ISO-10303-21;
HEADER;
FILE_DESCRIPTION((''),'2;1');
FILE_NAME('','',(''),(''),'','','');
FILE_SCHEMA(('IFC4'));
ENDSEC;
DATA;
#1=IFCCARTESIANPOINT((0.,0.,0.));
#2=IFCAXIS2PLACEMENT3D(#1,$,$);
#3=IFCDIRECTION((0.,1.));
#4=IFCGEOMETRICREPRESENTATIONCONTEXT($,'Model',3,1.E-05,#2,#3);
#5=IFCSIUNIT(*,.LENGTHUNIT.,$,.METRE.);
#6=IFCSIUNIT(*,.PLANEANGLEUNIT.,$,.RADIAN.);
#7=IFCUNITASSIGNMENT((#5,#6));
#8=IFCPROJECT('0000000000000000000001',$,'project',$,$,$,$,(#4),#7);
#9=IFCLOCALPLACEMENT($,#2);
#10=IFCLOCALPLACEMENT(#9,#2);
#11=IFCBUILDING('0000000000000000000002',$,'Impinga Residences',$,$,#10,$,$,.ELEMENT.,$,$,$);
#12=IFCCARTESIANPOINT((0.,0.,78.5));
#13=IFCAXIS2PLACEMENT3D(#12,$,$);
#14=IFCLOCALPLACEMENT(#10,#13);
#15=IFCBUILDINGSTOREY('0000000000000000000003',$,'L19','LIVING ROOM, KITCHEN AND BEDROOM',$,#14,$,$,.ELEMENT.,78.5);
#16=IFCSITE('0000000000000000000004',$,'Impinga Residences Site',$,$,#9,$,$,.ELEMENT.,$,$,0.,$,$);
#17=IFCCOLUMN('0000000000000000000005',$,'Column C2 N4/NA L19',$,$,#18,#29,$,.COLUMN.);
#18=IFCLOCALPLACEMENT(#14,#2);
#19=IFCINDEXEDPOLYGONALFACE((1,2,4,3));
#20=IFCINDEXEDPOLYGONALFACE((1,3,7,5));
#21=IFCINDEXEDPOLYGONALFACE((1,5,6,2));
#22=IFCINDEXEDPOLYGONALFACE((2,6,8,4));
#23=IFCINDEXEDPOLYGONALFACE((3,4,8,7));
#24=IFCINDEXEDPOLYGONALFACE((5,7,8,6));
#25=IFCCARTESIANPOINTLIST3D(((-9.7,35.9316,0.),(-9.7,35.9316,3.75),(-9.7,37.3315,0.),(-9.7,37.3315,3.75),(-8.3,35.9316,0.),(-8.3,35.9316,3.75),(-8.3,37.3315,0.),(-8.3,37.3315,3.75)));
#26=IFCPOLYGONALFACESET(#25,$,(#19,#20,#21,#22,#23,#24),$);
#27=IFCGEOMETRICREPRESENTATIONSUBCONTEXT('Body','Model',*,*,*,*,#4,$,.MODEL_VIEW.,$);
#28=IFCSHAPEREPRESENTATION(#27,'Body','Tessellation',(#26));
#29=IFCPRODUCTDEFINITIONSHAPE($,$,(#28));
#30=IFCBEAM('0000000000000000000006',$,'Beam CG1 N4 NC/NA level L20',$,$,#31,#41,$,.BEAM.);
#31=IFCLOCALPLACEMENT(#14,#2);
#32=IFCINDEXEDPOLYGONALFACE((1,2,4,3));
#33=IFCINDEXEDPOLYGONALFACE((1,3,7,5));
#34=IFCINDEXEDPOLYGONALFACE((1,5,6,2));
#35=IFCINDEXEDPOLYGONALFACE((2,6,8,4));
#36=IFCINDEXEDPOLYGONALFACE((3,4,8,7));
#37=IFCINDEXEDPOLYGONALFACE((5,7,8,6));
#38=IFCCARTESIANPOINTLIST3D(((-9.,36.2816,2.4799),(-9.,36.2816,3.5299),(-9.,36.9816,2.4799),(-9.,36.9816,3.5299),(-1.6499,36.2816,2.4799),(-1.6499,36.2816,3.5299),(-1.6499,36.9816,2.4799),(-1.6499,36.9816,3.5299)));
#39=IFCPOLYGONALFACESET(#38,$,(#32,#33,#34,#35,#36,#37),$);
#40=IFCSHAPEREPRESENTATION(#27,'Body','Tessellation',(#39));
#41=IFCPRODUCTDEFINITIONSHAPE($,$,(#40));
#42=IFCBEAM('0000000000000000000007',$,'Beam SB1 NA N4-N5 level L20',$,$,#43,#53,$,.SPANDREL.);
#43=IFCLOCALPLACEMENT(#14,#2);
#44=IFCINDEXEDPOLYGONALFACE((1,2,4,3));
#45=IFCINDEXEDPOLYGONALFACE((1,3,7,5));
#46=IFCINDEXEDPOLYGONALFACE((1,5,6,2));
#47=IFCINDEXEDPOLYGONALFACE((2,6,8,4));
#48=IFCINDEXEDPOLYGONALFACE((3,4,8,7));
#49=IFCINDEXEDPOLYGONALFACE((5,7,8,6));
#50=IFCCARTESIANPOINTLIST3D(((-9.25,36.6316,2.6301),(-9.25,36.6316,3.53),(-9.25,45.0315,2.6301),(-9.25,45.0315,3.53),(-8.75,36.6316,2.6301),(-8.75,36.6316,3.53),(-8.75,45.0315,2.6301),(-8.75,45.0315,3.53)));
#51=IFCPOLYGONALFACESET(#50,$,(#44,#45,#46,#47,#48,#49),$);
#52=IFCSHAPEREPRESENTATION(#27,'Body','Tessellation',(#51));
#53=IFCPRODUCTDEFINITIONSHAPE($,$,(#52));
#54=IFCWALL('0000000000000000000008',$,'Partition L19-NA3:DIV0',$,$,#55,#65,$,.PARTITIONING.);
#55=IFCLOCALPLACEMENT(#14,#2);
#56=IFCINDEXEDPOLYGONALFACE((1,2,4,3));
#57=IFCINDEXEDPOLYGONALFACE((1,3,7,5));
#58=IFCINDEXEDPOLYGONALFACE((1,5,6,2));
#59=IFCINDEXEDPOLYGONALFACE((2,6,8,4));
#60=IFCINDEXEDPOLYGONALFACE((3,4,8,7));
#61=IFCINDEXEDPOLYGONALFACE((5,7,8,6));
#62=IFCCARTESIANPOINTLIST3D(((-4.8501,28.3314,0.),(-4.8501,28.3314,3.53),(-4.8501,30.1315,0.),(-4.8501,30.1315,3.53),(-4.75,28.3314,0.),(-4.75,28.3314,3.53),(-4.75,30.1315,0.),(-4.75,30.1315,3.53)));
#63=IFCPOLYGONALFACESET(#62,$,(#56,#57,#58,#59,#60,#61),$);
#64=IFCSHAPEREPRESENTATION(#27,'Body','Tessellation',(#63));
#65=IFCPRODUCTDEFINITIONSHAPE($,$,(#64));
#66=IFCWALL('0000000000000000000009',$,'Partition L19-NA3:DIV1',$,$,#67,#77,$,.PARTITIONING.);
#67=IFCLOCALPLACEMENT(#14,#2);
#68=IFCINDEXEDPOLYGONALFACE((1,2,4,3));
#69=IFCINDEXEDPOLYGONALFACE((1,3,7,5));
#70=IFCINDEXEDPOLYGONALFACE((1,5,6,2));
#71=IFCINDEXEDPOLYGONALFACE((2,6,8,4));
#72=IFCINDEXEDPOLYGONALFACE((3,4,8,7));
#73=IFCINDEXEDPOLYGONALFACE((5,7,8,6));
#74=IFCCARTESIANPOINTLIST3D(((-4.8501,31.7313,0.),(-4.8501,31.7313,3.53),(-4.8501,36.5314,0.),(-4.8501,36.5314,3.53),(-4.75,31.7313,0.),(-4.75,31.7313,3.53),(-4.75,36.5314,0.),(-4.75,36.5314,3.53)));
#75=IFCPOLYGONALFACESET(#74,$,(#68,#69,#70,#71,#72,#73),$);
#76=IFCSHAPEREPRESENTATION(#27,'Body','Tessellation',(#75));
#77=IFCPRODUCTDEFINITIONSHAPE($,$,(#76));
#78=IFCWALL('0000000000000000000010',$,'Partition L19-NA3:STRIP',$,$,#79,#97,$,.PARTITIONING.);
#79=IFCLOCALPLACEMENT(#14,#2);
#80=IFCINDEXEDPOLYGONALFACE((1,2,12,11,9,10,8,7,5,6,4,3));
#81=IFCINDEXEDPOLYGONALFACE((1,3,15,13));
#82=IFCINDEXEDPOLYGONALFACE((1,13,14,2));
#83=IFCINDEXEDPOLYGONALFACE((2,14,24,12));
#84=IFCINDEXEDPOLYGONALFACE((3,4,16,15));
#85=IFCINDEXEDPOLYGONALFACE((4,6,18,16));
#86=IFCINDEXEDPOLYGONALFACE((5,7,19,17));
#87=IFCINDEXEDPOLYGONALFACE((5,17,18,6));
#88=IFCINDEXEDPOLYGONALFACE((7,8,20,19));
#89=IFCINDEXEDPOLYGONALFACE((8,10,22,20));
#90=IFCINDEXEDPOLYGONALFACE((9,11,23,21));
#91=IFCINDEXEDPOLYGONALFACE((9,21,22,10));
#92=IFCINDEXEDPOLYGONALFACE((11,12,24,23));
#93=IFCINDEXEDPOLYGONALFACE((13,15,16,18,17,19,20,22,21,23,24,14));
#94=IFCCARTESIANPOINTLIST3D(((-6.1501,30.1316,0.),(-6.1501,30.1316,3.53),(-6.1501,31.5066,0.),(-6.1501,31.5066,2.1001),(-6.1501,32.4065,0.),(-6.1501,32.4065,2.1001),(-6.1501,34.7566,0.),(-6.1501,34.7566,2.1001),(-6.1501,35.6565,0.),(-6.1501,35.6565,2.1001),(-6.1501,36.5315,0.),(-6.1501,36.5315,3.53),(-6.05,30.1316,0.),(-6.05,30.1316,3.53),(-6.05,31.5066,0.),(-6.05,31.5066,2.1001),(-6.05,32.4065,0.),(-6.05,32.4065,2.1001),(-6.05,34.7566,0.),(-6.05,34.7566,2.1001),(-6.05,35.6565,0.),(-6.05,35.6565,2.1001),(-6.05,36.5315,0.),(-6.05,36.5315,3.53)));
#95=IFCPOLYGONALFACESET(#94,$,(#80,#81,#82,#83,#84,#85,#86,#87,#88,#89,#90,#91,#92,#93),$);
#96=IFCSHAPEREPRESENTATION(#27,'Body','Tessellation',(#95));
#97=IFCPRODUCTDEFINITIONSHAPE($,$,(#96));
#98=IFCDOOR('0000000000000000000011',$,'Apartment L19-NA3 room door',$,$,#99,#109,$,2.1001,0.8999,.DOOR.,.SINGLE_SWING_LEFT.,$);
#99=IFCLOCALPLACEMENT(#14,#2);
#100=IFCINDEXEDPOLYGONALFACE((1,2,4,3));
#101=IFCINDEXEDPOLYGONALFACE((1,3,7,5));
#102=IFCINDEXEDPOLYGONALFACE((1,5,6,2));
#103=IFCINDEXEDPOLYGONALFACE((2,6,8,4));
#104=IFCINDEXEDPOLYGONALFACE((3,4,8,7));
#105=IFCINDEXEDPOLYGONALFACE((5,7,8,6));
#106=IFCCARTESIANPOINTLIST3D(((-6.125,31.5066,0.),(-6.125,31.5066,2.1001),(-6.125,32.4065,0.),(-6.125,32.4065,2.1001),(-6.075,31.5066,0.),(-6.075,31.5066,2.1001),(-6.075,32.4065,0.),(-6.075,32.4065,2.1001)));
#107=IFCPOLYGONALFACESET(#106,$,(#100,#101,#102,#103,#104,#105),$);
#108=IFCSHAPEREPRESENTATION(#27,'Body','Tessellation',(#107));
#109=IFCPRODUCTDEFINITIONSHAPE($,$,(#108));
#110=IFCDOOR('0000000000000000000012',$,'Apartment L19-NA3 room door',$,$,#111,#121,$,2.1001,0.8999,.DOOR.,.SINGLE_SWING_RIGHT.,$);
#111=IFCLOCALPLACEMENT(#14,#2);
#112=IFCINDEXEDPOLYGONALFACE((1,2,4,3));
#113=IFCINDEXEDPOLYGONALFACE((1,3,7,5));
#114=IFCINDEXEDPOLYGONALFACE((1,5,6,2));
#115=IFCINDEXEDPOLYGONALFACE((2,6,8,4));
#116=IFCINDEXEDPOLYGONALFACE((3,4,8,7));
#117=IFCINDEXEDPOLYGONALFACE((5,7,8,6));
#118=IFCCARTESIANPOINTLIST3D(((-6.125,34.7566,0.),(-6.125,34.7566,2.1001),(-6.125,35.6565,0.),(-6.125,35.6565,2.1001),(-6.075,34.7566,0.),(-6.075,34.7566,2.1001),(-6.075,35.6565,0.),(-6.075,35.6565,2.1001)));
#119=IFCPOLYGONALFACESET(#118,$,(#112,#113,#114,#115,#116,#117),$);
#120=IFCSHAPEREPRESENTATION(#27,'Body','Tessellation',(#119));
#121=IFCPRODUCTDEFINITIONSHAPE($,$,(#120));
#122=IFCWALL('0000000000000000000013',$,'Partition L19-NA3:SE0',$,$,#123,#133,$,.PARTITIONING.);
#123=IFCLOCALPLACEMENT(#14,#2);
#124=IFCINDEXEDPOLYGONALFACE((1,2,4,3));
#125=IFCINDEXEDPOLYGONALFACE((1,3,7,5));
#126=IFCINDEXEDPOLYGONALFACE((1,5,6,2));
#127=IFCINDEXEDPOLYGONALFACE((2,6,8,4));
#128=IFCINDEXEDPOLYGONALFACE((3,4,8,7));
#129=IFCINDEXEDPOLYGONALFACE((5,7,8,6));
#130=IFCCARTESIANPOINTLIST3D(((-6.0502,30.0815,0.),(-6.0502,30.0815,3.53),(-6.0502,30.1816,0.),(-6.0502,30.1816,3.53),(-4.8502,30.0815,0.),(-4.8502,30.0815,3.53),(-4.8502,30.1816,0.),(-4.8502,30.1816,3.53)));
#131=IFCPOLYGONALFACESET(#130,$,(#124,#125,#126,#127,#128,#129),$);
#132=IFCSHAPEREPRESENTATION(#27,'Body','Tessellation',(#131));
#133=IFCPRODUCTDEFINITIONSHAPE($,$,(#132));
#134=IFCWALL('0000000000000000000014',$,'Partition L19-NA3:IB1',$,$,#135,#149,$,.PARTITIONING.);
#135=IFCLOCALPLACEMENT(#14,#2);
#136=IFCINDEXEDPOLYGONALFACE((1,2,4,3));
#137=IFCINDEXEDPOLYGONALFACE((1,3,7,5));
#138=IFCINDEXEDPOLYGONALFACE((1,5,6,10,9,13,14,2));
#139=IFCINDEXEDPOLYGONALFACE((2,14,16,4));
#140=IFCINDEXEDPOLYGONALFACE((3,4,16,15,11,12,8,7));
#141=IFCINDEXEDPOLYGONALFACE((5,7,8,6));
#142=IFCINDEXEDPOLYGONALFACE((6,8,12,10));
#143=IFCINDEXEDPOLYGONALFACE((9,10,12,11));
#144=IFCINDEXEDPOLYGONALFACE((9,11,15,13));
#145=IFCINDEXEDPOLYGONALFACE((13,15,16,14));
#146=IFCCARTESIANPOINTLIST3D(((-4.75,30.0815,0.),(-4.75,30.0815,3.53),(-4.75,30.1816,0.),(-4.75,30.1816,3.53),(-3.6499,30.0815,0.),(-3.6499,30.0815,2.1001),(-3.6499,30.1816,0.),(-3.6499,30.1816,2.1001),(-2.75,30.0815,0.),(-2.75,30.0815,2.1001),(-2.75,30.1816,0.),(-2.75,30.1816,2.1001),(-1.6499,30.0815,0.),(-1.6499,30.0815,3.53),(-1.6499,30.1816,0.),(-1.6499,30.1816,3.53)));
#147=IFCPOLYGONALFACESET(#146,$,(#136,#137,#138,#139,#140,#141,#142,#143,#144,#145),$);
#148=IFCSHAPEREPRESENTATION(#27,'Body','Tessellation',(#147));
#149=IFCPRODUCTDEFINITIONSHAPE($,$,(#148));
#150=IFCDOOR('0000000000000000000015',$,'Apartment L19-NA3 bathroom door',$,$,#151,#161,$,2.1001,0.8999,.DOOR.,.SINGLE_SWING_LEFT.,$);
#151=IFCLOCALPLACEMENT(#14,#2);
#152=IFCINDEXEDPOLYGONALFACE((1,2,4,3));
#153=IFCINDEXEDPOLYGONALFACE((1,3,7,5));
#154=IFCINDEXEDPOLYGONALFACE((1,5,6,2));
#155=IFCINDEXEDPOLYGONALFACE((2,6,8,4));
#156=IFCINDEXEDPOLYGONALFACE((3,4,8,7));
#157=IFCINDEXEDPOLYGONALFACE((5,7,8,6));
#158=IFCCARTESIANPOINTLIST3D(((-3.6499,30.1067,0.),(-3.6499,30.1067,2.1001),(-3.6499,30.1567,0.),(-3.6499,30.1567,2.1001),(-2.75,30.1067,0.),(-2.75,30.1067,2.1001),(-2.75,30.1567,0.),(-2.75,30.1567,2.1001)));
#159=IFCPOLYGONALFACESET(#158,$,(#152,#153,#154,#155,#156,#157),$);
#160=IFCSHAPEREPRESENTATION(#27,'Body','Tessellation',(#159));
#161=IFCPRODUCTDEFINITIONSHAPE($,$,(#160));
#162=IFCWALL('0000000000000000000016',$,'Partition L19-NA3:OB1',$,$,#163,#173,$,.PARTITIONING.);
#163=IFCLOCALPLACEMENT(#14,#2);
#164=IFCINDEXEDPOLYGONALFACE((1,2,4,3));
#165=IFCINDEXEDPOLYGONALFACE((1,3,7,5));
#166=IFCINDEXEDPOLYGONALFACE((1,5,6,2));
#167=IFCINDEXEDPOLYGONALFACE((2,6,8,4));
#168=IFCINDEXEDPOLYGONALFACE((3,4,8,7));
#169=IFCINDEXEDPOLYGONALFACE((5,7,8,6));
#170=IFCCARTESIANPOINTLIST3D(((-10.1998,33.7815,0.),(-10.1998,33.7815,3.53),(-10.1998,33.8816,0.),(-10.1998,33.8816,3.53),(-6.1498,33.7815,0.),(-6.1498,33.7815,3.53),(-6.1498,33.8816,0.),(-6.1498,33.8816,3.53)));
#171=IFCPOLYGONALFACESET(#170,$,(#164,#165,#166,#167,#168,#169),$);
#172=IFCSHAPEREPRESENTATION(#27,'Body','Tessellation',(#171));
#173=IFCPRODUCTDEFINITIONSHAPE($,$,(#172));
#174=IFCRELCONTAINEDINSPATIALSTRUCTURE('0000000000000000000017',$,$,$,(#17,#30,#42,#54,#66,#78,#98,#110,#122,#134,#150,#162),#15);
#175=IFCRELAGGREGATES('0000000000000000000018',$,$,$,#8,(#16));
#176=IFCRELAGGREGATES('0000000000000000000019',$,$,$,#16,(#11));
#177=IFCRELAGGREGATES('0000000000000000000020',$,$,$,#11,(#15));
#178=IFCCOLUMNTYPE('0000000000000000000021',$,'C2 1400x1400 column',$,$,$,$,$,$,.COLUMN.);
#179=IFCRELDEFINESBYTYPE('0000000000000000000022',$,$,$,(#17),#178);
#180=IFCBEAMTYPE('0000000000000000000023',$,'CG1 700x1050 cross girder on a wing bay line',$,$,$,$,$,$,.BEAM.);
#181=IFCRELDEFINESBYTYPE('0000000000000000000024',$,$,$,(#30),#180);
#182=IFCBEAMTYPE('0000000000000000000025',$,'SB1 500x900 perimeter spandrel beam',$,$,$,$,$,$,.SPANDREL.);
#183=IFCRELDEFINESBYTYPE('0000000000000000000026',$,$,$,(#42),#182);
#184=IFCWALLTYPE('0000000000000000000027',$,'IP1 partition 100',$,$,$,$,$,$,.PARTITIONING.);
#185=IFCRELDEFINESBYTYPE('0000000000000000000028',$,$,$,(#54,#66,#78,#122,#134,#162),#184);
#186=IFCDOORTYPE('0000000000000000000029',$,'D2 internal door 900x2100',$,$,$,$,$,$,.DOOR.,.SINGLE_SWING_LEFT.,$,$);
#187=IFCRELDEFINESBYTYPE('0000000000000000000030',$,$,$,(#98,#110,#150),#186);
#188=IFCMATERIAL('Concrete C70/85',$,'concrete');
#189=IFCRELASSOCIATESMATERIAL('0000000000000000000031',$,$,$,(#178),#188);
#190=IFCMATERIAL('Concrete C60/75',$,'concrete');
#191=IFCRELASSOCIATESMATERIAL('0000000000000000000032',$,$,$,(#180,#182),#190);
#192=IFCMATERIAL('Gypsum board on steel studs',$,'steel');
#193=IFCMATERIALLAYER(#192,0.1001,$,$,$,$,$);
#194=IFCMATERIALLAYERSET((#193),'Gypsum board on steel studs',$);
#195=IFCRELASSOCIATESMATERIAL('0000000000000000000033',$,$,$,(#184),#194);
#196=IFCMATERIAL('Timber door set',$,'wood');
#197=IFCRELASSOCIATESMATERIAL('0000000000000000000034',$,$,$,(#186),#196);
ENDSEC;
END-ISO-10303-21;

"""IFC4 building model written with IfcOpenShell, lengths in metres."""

from ifc_helpers import new_model, si_unit, direction, frame, frame_2d, origin, origin_2d, place, context, subcontext, project, spatial, rectangle, extrude, material, layer, layer_set, material_profile, profile_set, type_object, element, fill, save


model = new_model("IFC4")

# Units and contexts
model_context = context("Model", 3, precision=1e-05, world=origin(), true_north=direction((0.0, 1.0)))
body_context = subcontext(model_context, "Body", "Model", "MODEL_VIEW")
ifc_project = project(units=[si_unit("LENGTHUNIT", "METRE"), si_unit("PLANEANGLEUNIT", "RADIAN")], contexts=[model_context])

# Site, building, storey
site_placement = place(None, origin())
site = spatial("IfcSite", under=ifc_project, at=site_placement, Name="Impinga Residences Site", CompositionType="ELEMENT", RefElevation=0.0)
building_placement = place(site_placement, origin())
building = spatial("IfcBuilding", under=site, at=building_placement, Name="Impinga Residences", CompositionType="ELEMENT")
storey_placement = place(building_placement, frame((0.0, 0.0, 78.5)))
storey = spatial("IfcBuildingStorey", under=building, at=storey_placement, Name="L19", Description="LIVING ROOM, KITCHEN AND BEDROOM", CompositionType="ELEMENT", Elevation=78.5)

# Column
ifc_material_1 = material(Name="Concrete C70/85", Category="concrete")
ifc_material_profile_1 = material_profile(ifc_material_1, rectangle(XDim=1.3999, YDim=1.3999, at=origin_2d()), Name="RC 1400x1400")
ifc_profile_set_1 = profile_set([ifc_material_profile_1], Name="Concrete C70/85")
column_type = type_object("IfcColumnType", Name="C2 1400x1400 column", PredefinedType="COLUMN", material=ifc_profile_set_1)
column_placement = place(storey_placement, frame((-9.0, 36.6316, 0.0), z_axis=(0.0, 0.0, 1.0), x_axis=(1.0, 0.0, 0.0)))
element("IfcColumn", 1, at=column_placement, inside=storey, type_object=column_type, Name="Column C2 N4/NA L19", PredefinedType="COLUMN", context=body_context, shape_type="SweptSolid", body=[
    extrude(rectangle(XDim=1.3999, YDim=1.3999, at=origin_2d()), origin(), (0.0, 0.0, 1.0), 3.75),
])

# Beams
ifc_material_2 = material(Name="Concrete C60/75", Category="concrete")
ifc_material_profile_2 = material_profile(ifc_material_2, rectangle(XDim=0.7, YDim=1.05, at=origin_2d()), Name="RC 700x1050")
ifc_profile_set_2 = profile_set([ifc_material_profile_2], Name="Concrete C60/75")
beam_type_1 = type_object("IfcBeamType", Name="CG1 700x1050 cross girder on a wing bay line", PredefinedType="BEAM", material=ifc_profile_set_2)
beam_1_placement = place(storey_placement, frame((-1.6499, 36.6316, 3.0049), z_axis=(-1.0, 0.0, 0.0), x_axis=(0.0, -1.0, 0.0)))
element("IfcBeam", 2, at=beam_1_placement, inside=storey, type_object=beam_type_1, Name="Beam CG1 N4 NC/NA level L20", PredefinedType="BEAM", context=body_context, shape_type="SweptSolid", body=[
    extrude(rectangle(XDim=0.7, YDim=1.05, at=origin_2d()), origin(), (0.0, 0.0, 1.0), 7.3501),
])
ifc_material_profile_3 = material_profile(ifc_material_2, rectangle(XDim=0.5, YDim=0.8999, at=origin_2d()), Name="RC 500x900")
ifc_profile_set_3 = profile_set([ifc_material_profile_3], Name="Concrete C60/75")
beam_type_2 = type_object("IfcBeamType", Name="SB1 500x900 perimeter spandrel beam", PredefinedType="SPANDREL", material=ifc_profile_set_3)
beam_2_placement = place(storey_placement, frame((-9.0, 36.6316, 3.0801), z_axis=(0.0, 1.0, 0.0), x_axis=(-1.0, 0.0, 0.0)))
element("IfcBeam", 3, at=beam_2_placement, inside=storey, type_object=beam_type_2, Name="Beam SB1 NA N4-N5 level L20", PredefinedType="SPANDREL", context=body_context, shape_type="SweptSolid", body=[
    extrude(rectangle(XDim=0.5, YDim=0.8999, at=origin_2d()), origin(), (0.0, 0.0, 1.0), 8.3999),
])

# Walls
ifc_material_3 = material(Name="Gypsum board on steel studs", Category="steel")
ifc_layer_1 = layer(ifc_material_3, 0.1001)
ifc_layer_set_1 = layer_set([ifc_layer_1], Name="Gypsum board on steel studs")
wall_type_1 = type_object("IfcWallType", Name="IP1 partition 100", PredefinedType="PARTITIONING", material=ifc_layer_set_1)
wall_1_placement = place(storey_placement, frame((-4.8, 28.3315, 0.0), z_axis=(0.0, 0.0, 1.0), x_axis=(0.0, 1.0, 0.0)))
element("IfcWall", 4, at=wall_1_placement, inside=storey, type_object=wall_type_1, Name="Partition L19-NA3:DIV0", PredefinedType="PARTITIONING", context=body_context, shape_type="SweptSolid", body=[
    extrude(rectangle(XDim=1.8, YDim=0.1001, at=frame_2d((0.8999, 0.0))), origin(), (0.0, 0.0, 1.0), 3.53),
])
wall_2_placement = place(storey_placement, frame((-4.8, 31.7314, 0.0), z_axis=(0.0, 0.0, 1.0), x_axis=(0.0, 1.0, 0.0)))
element("IfcWall", 5, at=wall_2_placement, inside=storey, type_object=wall_type_1, Name="Partition L19-NA3:DIV1", PredefinedType="PARTITIONING", context=body_context, shape_type="SweptSolid", body=[
    extrude(rectangle(XDim=4.8, YDim=0.1001, at=frame_2d((2.3999, 0.0))), origin(), (0.0, 0.0, 1.0), 3.53),
])

# Wall, openings, doors
wall_3_placement = place(storey_placement, frame((-6.1001, 30.1316, 0.0), z_axis=(0.0, 0.0, 1.0), x_axis=(0.0, 1.0, 0.0)))
wall_3 = element("IfcWall", 6, at=wall_3_placement, inside=storey, type_object=wall_type_1, Name="Partition L19-NA3:STRIP", PredefinedType="PARTITIONING", context=body_context, shape_type="SweptSolid", body=[
    extrude(rectangle(XDim=6.3999, YDim=0.1001, at=frame_2d((3.2, 0.0))), origin(), (0.0, 0.0, 1.0), 3.53),
])
opening_1_placement = place(wall_3_placement, frame((1.375, 0.0, 0.0)))
opening_1 = element("IfcOpeningElement", 7, at=opening_1_placement, cuts=wall_3, PredefinedType="OPENING", context=body_context, shape_type="SweptSolid", body=[
    extrude(rectangle(XDim=0.8999, YDim=2.1001, at=frame_2d((0.45, 1.05))), frame((0.0, 0.0601, 0.0), z_axis=(0.0, -1.0, 0.0), x_axis=(1.0, 0.0, 0.0)), (0.0, 0.0, 1.0), 0.1201),
])
opening_2_placement = place(wall_3_placement, frame((4.625, 0.0, 0.0)))
opening_2 = element("IfcOpeningElement", 8, at=opening_2_placement, cuts=wall_3, PredefinedType="OPENING", context=body_context, shape_type="SweptSolid", body=[
    extrude(rectangle(XDim=0.8999, YDim=2.1001, at=frame_2d((0.45, 1.05))), frame((0.0, 0.0601, 0.0), z_axis=(0.0, -1.0, 0.0), x_axis=(1.0, 0.0, 0.0)), (0.0, 0.0, 1.0), 0.1201),
])
ifc_material_4 = material(Name="Timber door set", Category="wood")
door_type = type_object("IfcDoorType", Name="D2 internal door 900x2100", OperationType="SINGLE_SWING_LEFT", PredefinedType="DOOR", material=ifc_material_4)
door_1_placement = place(opening_1_placement, origin())
door_1 = element("IfcDoor", 9, at=door_1_placement, inside=storey, type_object=door_type, Name="Apartment L19-NA3 room door", OperationType="SINGLE_SWING_LEFT", OverallHeight=2.1001, OverallWidth=0.8999, PredefinedType="DOOR", context=body_context, shape_type="SweptSolid", body=[
    extrude(rectangle(XDim=0.8999, YDim=2.1001, at=frame_2d((0.45, 1.05))), frame((0.0, 0.0249, 0.0), z_axis=(0.0, -1.0, 0.0), x_axis=(1.0, 0.0, 0.0)), (0.0, 0.0, 1.0), 0.05),
])
fill(opening_1, door_1)
door_2_placement = place(opening_2_placement, origin())
door_2 = element("IfcDoor", 10, at=door_2_placement, inside=storey, type_object=door_type, Name="Apartment L19-NA3 room door", OperationType="SINGLE_SWING_RIGHT", OverallHeight=2.1001, OverallWidth=0.8999, PredefinedType="DOOR", context=body_context, shape_type="SweptSolid", body=[
    extrude(rectangle(XDim=0.8999, YDim=2.1001, at=frame_2d((0.45, 1.05))), frame((0.0, 0.0249, 0.0), z_axis=(0.0, -1.0, 0.0), x_axis=(1.0, 0.0, 0.0)), (0.0, 0.0, 1.0), 0.05),
])
fill(opening_2, door_2)

# Wall
wall_4_placement = place(storey_placement, frame((-4.8501, 30.1316, 0.0), z_axis=(0.0, 0.0, 1.0), x_axis=(-1.0, 0.0, 0.0)))
element("IfcWall", 11, at=wall_4_placement, inside=storey, type_object=wall_type_1, Name="Partition L19-NA3:SE0", PredefinedType="PARTITIONING", context=body_context, shape_type="SweptSolid", body=[
    extrude(rectangle(XDim=1.2, YDim=0.1001, at=frame_2d((0.6001, 0.0))), origin(), (0.0, 0.0, 1.0), 3.53),
])

# Wall, opening, door
wall_5_placement = place(storey_placement, frame((-1.6499, 30.1316, 0.0), z_axis=(0.0, 0.0, 1.0), x_axis=(-1.0, 0.0, 0.0)))
wall_5 = element("IfcWall", 12, at=wall_5_placement, inside=storey, type_object=wall_type_1, Name="Partition L19-NA3:IB1", PredefinedType="PARTITIONING", context=body_context, shape_type="SweptSolid", body=[
    extrude(rectangle(XDim=3.1001, YDim=0.1001, at=frame_2d((1.55, 0.0))), origin(), (0.0, 0.0, 1.0), 3.53),
])
opening_3_placement = place(wall_5_placement, frame((1.1001, 0.0, 0.0)))
opening_3 = element("IfcOpeningElement", 13, at=opening_3_placement, cuts=wall_5, PredefinedType="OPENING", context=body_context, shape_type="SweptSolid", body=[
    extrude(rectangle(XDim=0.8999, YDim=2.1001, at=frame_2d((0.45, 1.05))), frame((0.0, 0.0601, 0.0), z_axis=(0.0, -1.0, 0.0), x_axis=(1.0, 0.0, 0.0)), (0.0, 0.0, 1.0), 0.1201),
])
door_3_placement = place(opening_3_placement, origin())
door_3 = element("IfcDoor", 14, at=door_3_placement, inside=storey, type_object=door_type, Name="Apartment L19-NA3 bathroom door", OperationType="SINGLE_SWING_LEFT", OverallHeight=2.1001, OverallWidth=0.8999, PredefinedType="DOOR", context=body_context, shape_type="SweptSolid", body=[
    extrude(rectangle(XDim=0.8999, YDim=2.1001, at=frame_2d((0.45, 1.05))), frame((0.0, 0.0249, 0.0), z_axis=(0.0, -1.0, 0.0), x_axis=(1.0, 0.0, 0.0)), (0.0, 0.0, 1.0), 0.05),
])
fill(opening_3, door_3)

# Wall
wall_6_placement = place(storey_placement, frame((-6.1499, 33.8315, 0.0), z_axis=(0.0, 0.0, 1.0), x_axis=(-1.0, 0.0, 0.0)))
element("IfcWall", 15, at=wall_6_placement, inside=storey, type_object=wall_type_1, Name="Partition L19-NA3:OB1", PredefinedType="PARTITIONING", context=body_context, shape_type="SweptSolid", body=[
    extrude(rectangle(XDim=4.05, YDim=0.1001, at=frame_2d((2.0249, 0.0))), origin(), (0.0, 0.0, 1.0), 3.53),
])

save(model, "model.ifc")
